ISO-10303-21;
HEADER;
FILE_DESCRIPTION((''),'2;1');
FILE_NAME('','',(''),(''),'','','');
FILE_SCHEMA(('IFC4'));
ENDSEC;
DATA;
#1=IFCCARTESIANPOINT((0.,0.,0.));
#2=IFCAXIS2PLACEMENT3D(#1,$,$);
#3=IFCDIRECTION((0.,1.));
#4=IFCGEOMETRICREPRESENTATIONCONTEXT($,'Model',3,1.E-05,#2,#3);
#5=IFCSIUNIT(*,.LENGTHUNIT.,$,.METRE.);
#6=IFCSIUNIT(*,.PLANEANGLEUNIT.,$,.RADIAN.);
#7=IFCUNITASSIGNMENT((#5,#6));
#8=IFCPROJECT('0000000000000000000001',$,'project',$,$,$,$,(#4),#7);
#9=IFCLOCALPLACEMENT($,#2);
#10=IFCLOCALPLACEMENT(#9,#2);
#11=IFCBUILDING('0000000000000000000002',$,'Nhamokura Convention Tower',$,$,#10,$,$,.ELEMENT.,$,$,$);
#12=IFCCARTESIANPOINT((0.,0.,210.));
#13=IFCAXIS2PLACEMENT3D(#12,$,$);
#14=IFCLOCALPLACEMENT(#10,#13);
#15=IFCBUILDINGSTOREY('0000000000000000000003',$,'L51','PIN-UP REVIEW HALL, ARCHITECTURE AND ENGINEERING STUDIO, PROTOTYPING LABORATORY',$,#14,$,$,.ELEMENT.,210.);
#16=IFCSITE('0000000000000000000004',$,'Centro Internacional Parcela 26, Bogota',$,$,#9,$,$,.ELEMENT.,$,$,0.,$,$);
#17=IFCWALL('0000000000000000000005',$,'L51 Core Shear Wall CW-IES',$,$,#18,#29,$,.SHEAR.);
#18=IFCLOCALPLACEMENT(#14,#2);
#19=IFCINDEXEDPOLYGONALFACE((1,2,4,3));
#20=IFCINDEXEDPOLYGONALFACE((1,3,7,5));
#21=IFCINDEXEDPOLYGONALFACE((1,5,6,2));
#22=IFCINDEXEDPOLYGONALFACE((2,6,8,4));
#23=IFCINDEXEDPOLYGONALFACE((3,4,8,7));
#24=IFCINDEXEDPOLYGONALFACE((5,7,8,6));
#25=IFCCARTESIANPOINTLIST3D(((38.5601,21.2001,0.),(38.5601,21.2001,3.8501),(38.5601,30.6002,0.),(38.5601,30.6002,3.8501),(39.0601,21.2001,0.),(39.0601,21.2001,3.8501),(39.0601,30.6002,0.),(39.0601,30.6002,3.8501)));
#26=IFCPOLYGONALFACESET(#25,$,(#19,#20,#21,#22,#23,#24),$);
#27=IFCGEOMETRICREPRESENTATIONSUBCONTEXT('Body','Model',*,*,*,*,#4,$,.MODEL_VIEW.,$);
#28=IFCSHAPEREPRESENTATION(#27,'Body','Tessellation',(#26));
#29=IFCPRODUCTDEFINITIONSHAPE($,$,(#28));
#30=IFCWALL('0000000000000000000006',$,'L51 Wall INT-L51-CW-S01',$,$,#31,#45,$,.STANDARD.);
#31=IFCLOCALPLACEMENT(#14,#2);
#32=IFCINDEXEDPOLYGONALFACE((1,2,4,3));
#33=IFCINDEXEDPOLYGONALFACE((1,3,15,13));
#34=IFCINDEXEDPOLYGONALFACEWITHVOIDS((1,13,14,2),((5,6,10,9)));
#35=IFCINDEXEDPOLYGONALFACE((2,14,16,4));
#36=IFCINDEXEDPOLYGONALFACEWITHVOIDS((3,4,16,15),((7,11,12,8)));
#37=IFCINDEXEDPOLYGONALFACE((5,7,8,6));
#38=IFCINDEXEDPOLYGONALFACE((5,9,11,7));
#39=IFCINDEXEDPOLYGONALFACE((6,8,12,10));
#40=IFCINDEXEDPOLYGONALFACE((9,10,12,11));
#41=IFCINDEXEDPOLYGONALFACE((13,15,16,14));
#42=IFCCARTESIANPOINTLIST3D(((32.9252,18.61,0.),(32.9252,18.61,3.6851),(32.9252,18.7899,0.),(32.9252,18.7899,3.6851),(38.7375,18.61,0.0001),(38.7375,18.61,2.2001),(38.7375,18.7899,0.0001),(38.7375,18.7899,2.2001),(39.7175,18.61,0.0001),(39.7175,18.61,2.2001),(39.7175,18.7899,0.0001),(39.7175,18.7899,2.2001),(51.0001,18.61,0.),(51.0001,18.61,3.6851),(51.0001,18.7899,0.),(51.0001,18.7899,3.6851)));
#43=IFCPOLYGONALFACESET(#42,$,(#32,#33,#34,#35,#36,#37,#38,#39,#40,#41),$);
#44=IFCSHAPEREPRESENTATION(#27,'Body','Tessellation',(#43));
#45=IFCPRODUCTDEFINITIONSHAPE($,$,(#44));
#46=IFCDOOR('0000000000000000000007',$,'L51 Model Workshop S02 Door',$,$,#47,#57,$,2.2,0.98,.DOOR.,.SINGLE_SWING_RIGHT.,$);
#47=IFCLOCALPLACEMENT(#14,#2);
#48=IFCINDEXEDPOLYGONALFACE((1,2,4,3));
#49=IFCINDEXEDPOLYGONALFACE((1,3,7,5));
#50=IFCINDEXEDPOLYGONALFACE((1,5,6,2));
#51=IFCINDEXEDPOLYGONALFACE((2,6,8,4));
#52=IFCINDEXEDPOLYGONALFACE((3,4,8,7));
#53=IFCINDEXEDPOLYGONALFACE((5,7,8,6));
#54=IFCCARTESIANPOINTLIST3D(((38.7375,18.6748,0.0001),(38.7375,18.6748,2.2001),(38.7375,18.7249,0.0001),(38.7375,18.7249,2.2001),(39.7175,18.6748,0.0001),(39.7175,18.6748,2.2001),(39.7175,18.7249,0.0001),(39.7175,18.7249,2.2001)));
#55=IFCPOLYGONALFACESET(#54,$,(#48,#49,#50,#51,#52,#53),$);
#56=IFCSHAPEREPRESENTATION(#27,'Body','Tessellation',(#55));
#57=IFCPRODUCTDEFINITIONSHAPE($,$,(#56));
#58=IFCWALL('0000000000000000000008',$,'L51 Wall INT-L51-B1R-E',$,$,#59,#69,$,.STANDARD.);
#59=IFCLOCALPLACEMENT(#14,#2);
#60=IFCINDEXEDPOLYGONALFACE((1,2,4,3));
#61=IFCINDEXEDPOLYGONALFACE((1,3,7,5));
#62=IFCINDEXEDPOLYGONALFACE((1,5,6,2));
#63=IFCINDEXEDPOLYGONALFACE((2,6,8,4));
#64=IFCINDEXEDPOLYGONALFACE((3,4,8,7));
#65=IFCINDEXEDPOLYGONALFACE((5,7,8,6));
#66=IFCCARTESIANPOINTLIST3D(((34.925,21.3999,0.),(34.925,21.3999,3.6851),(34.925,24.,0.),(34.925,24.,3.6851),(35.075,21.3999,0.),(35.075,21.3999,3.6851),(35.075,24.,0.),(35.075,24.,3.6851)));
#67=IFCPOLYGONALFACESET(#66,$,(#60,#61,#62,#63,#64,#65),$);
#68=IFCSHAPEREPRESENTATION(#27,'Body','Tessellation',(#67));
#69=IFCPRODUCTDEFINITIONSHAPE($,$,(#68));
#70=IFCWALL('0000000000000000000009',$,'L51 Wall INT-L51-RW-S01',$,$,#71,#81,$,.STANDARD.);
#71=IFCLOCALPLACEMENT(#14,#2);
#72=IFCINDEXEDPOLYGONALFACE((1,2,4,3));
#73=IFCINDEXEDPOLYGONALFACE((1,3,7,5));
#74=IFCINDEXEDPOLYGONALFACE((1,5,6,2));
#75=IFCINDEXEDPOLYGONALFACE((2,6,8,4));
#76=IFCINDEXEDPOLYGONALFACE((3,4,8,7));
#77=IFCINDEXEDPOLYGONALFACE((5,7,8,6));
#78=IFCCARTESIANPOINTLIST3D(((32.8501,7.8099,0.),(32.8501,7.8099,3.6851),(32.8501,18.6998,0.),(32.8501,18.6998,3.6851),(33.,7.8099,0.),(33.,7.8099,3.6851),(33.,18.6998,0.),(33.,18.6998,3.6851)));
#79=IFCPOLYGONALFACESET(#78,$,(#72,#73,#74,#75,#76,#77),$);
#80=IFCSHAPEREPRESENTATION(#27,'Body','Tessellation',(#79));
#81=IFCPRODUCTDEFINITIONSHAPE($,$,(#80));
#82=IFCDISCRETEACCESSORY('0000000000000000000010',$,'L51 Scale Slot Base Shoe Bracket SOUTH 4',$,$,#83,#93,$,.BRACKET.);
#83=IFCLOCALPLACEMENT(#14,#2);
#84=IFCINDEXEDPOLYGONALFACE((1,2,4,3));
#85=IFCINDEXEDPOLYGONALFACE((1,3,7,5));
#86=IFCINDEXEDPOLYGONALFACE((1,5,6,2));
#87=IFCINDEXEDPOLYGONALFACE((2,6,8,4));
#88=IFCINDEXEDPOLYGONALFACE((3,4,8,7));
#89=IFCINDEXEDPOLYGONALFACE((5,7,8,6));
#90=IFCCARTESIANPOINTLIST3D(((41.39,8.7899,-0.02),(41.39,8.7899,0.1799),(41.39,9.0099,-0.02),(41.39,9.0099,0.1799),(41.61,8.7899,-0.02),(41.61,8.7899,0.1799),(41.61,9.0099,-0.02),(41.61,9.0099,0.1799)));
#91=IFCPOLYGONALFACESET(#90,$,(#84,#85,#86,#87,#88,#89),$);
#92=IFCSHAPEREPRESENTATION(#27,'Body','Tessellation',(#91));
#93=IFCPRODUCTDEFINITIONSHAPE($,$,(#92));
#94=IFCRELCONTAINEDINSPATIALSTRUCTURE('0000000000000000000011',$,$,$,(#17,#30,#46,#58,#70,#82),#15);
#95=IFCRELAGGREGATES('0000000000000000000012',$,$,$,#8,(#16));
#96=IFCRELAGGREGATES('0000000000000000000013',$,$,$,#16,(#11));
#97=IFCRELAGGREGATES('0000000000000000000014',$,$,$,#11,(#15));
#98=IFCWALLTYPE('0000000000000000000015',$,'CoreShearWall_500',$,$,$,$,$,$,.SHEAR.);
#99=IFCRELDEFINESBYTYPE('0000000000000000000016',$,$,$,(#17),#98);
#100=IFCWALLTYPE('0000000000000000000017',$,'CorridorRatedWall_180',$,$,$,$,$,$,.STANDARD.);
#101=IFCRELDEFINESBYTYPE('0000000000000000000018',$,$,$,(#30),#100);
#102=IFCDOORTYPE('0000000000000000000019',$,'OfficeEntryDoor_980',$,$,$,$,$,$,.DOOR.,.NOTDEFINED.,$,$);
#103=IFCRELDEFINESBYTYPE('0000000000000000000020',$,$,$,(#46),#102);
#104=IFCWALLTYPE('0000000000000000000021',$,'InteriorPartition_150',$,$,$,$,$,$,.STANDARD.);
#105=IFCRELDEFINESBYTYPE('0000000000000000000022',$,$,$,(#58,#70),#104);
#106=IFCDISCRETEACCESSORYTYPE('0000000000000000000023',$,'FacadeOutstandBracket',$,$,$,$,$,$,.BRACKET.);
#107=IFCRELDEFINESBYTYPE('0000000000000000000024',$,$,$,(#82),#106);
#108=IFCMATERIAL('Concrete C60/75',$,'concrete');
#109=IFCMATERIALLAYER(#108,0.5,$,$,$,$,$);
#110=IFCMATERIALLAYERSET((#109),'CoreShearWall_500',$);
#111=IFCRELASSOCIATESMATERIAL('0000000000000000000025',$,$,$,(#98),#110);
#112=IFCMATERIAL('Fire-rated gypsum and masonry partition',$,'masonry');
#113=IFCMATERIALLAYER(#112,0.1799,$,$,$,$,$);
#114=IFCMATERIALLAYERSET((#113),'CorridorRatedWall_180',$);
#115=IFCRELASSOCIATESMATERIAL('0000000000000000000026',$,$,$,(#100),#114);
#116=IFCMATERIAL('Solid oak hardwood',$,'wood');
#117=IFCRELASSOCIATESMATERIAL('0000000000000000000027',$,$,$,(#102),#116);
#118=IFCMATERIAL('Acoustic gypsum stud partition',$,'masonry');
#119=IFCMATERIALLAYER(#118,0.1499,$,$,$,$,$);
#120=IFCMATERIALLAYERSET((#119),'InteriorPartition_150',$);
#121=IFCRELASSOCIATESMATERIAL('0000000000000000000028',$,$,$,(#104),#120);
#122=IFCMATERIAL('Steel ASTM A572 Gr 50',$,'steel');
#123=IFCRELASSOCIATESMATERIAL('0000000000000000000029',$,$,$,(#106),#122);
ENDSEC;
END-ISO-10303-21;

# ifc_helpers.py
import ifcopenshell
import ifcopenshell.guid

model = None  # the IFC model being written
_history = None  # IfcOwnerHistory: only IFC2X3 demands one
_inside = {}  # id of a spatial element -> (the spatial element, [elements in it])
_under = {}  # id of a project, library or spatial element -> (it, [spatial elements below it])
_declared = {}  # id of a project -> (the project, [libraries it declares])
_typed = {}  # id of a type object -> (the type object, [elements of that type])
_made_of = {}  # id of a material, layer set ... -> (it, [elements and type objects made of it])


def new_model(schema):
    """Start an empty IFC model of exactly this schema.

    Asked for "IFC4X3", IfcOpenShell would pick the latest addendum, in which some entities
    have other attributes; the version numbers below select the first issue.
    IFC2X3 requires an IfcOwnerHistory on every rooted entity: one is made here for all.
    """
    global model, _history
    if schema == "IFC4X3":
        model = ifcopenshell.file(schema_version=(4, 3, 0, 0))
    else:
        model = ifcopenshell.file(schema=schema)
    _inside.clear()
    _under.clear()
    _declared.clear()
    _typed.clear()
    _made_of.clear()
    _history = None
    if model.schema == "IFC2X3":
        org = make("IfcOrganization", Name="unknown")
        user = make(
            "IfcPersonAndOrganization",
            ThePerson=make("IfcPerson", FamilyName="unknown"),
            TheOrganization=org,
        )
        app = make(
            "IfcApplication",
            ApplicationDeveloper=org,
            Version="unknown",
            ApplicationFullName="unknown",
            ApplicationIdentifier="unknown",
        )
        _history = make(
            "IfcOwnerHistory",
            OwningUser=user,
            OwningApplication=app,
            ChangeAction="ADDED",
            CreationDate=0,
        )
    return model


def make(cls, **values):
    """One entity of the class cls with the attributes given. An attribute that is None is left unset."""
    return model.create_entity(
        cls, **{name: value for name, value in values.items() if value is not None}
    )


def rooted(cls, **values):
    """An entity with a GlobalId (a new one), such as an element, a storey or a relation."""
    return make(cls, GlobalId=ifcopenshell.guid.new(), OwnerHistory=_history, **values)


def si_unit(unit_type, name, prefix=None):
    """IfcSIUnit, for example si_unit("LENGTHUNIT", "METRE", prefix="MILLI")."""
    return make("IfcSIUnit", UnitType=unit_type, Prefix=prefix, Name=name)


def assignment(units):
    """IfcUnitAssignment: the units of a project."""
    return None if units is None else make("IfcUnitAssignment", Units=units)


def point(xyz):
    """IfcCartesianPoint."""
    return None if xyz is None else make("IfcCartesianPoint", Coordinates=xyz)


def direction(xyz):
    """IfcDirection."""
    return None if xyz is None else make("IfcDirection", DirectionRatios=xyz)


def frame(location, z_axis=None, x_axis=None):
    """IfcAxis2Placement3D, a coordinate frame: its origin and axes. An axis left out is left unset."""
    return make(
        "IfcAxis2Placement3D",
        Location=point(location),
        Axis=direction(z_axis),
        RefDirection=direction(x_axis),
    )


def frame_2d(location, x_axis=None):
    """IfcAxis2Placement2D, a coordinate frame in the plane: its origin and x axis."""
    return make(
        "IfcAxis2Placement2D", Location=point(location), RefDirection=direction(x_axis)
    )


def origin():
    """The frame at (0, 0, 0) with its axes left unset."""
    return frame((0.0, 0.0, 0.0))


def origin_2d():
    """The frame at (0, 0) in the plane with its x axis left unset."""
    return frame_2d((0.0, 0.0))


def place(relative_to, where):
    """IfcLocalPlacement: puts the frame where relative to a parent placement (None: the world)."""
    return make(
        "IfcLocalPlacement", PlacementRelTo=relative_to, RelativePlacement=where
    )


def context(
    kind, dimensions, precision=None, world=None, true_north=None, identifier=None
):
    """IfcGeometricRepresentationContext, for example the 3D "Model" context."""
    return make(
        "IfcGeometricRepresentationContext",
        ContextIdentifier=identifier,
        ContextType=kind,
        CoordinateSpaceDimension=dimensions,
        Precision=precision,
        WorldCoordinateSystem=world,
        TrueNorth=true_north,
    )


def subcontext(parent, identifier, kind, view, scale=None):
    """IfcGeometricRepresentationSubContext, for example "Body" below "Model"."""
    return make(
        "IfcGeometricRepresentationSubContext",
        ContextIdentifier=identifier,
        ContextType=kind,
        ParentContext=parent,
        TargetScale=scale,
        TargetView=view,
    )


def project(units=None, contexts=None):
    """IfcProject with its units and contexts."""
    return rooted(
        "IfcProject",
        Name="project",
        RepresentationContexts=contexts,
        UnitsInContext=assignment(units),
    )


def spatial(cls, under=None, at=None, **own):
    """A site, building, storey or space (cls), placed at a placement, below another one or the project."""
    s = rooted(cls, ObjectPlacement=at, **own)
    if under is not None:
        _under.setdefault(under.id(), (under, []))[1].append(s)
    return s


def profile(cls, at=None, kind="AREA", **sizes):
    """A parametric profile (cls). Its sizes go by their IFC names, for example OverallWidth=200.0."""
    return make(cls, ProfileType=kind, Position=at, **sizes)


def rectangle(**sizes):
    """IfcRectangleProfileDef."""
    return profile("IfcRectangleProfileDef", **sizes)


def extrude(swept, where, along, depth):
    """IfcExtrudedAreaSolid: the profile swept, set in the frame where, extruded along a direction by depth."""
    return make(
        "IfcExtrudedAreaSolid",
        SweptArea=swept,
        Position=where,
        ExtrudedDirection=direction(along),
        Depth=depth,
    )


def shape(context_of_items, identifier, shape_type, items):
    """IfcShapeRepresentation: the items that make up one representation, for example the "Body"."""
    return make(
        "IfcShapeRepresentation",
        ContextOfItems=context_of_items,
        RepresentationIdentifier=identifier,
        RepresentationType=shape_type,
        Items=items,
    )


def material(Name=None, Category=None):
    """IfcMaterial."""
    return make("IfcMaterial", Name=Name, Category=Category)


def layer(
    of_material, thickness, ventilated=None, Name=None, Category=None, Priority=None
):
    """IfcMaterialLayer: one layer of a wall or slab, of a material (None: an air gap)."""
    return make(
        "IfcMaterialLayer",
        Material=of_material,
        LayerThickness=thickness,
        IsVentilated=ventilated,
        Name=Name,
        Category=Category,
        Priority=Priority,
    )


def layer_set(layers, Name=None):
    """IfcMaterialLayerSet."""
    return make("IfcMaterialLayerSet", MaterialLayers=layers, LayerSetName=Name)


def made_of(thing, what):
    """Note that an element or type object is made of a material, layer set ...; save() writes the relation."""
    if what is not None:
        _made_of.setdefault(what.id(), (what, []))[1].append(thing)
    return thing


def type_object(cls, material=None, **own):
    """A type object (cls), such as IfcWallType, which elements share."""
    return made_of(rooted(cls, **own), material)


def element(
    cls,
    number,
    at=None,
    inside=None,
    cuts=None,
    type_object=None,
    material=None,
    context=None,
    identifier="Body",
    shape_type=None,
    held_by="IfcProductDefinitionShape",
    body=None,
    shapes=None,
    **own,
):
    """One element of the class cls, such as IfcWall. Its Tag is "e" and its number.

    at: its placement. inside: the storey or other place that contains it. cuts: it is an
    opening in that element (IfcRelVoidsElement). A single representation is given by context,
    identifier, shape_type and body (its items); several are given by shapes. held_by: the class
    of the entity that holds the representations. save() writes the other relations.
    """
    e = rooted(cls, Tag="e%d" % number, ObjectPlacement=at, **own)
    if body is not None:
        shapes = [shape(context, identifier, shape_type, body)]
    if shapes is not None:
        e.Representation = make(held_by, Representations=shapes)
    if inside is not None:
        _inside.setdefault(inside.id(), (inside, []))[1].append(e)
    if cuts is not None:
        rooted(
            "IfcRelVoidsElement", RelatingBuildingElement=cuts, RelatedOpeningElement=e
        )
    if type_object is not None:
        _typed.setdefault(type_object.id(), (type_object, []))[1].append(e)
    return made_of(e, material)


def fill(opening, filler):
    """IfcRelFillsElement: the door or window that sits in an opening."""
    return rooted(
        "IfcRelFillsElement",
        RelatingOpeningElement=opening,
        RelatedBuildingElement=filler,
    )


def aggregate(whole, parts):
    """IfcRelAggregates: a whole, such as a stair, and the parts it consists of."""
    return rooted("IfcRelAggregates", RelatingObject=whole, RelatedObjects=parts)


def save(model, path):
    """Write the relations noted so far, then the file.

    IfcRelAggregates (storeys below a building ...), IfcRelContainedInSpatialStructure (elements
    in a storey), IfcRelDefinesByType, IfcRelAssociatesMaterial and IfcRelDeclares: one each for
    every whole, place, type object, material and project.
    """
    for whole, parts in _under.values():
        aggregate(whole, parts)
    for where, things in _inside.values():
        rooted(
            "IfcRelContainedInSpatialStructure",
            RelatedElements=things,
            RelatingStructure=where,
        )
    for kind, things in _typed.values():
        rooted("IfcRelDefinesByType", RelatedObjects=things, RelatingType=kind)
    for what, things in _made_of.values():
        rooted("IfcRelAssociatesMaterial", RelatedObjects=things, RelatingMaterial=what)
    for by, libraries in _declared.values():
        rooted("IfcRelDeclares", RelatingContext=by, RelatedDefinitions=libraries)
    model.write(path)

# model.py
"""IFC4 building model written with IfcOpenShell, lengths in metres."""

from ifc_helpers import new_model, si_unit, direction, frame, frame_2d, origin, origin_2d, place, context, subcontext, project, spatial, rectangle, extrude, material, layer, layer_set, type_object, element, fill, save


model = new_model("IFC4")

# Units and contexts
model_context = context("Model", 3, precision=1e-05, world=origin(), true_north=direction((0.0, 1.0)))
body_context = subcontext(model_context, "Body", "Model", "MODEL_VIEW")
ifc_project = project(units=[si_unit("LENGTHUNIT", "METRE"), si_unit("PLANEANGLEUNIT", "RADIAN")], contexts=[model_context])

# Site, building, storey
site_placement = place(None, origin())
site = spatial("IfcSite", under=ifc_project, at=site_placement, Name="Centro Internacional Parcela 26, Bogota", CompositionType="ELEMENT", RefElevation=0.0)
building_placement = place(site_placement, origin())
building = spatial("IfcBuilding", under=site, at=building_placement, Name="Nhamokura Convention Tower", CompositionType="ELEMENT")
storey_placement = place(building_placement, frame((0.0, 0.0, 210.0)))
storey = spatial("IfcBuildingStorey", under=building, at=storey_placement, Name="L51", Description="PIN-UP REVIEW HALL, ARCHITECTURE AND ENGINEERING STUDIO, PROTOTYPING LABORATORY", CompositionType="ELEMENT", Elevation=210.0)

# Shared definitions
ifc_material_1 = material(Name="Concrete C60/75", Category="concrete")
ifc_layer_1 = layer(ifc_material_1, 0.5)
ifc_layer_set_1 = layer_set([ifc_layer_1], Name="CoreShearWall_500")
wall_type_1 = type_object("IfcWallType", Name="CoreShearWall_500", PredefinedType="SHEAR", material=ifc_layer_set_1)

# Wall
wall_1_placement = place(storey_placement, frame((38.8101, 21.2, 0.0), z_axis=(0.0, 0.0, 1.0), x_axis=(0.0, 1.0, 0.0)))
element("IfcWall", 1, at=wall_1_placement, inside=storey, type_object=wall_type_1, Name="L51 Core Shear Wall CW-IES", PredefinedType="SHEAR", context=body_context, shape_type="SweptSolid", body=[
    extrude(rectangle(XDim=9.4001, YDim=0.5, at=frame_2d((4.7002, 0.0))), origin(), (0.0, 0.0, 1.0), 3.8501),
])

# Wall, opening, door
ifc_material_2 = material(Name="Fire-rated gypsum and masonry partition", Category="masonry")
ifc_layer_2 = layer(ifc_material_2, 0.1799)
ifc_layer_set_2 = layer_set([ifc_layer_2], Name="CorridorRatedWall_180")
wall_type_2 = type_object("IfcWallType", Name="CorridorRatedWall_180", PredefinedType="STANDARD", material=ifc_layer_set_2)
wall_2_placement = place(storey_placement, frame((32.925, 18.7, 0.0), z_axis=(0.0, 0.0, 1.0), x_axis=(1.0, 0.0, 0.0)))
wall_2 = element("IfcWall", 2, at=wall_2_placement, inside=storey, type_object=wall_type_2, Name="L51 Wall INT-L51-CW-S01", PredefinedType="STANDARD", context=body_context, shape_type="SweptSolid", body=[
    extrude(rectangle(XDim=18.075, YDim=0.1799, at=frame_2d((9.0376, 0.0))), origin(), (0.0, 0.0, 1.0), 3.6851),
])
opening_1_placement = place(wall_2_placement, frame((5.8125, 0.0, 0.0)))
opening_1 = element("IfcOpeningElement", 3, at=opening_1_placement, cuts=wall_2, PredefinedType="OPENING", context=body_context, shape_type="SweptSolid", body=[
    extrude(rectangle(XDim=0.98, YDim=2.2, at=frame_2d((0.49, 1.1001))), frame((0.0, 0.0999, 0.0), z_axis=(0.0, -1.0, 0.0), x_axis=(1.0, 0.0, 0.0)), (0.0, 0.0, 1.0), 0.2),
])
ifc_material_3 = material(Name="Solid oak hardwood", Category="wood")
door_type_1 = type_object("IfcDoorType", Name="OfficeEntryDoor_980", OperationType="NOTDEFINED", PredefinedType="DOOR", material=ifc_material_3)
door_1_placement = place(opening_1_placement, origin())
door_1 = element("IfcDoor", 4, at=door_1_placement, inside=storey, type_object=door_type_1, Name="L51 Model Workshop S02 Door", OperationType="SINGLE_SWING_RIGHT", OverallHeight=2.2, OverallWidth=0.98, PredefinedType="DOOR", context=body_context, shape_type="SweptSolid", body=[
    extrude(rectangle(XDim=0.98, YDim=2.2, at=frame_2d((0.49, 1.1001))), frame((0.0, 0.0249, 0.0), z_axis=(0.0, -1.0, 0.0), x_axis=(1.0, 0.0, 0.0)), (0.0, 0.0, 1.0), 0.05),
])
fill(opening_1, door_1)

# Walls
ifc_material_4 = material(Name="Acoustic gypsum stud partition", Category="masonry")
ifc_layer_3 = layer(ifc_material_4, 0.1499)
ifc_layer_set_3 = layer_set([ifc_layer_3], Name="InteriorPartition_150")
wall_type_3 = type_object("IfcWallType", Name="InteriorPartition_150", PredefinedType="STANDARD", material=ifc_layer_set_3)
wall_3_placement = place(storey_placement, frame((35.0, 21.3999, 0.0), z_axis=(0.0, 0.0, 1.0), x_axis=(0.0, 1.0, 0.0)))
element("IfcWall", 5, at=wall_3_placement, inside=storey, type_object=wall_type_3, Name="L51 Wall INT-L51-B1R-E", PredefinedType="STANDARD", context=body_context, shape_type="SweptSolid", body=[
    extrude(rectangle(XDim=2.6001, YDim=0.1499, at=frame_2d((1.3, 0.0))), origin(), (0.0, 0.0, 1.0), 3.6851),
])
wall_4_placement = place(storey_placement, frame((32.925, 7.8101, 0.0), z_axis=(0.0, 0.0, 1.0), x_axis=(0.0, 1.0, 0.0)))
element("IfcWall", 6, at=wall_4_placement, inside=storey, type_object=wall_type_3, Name="L51 Wall INT-L51-RW-S01", PredefinedType="STANDARD", context=body_context, shape_type="SweptSolid", body=[
    extrude(rectangle(XDim=10.8899, YDim=0.1499, at=frame_2d((5.4448, 0.0))), origin(), (0.0, 0.0, 1.0), 3.6851),
])

# Discrete accessory
ifc_material_5 = material(Name="Steel ASTM A572 Gr 50", Category="steel")
discrete_accessory_type = type_object("IfcDiscreteAccessoryType", Name="FacadeOutstandBracket", PredefinedType="BRACKET", material=ifc_material_5)
discrete_accessory_placement = place(storey_placement, frame((41.5, 8.8999, -0.02), z_axis=(0.0, 0.0, 1.0), x_axis=(1.0, 0.0, 0.0)))
element("IfcDiscreteAccessory", 7, at=discrete_accessory_placement, inside=storey, type_object=discrete_accessory_type, Name="L51 Scale Slot Base Shoe Bracket SOUTH 4", PredefinedType="BRACKET", context=body_context, shape_type="SweptSolid", body=[
    extrude(rectangle(XDim=0.22, YDim=0.22, at=origin_2d()), origin(), (0.0, 0.0, 1.0), 0.2),
])

save(model, "model.ifc")
